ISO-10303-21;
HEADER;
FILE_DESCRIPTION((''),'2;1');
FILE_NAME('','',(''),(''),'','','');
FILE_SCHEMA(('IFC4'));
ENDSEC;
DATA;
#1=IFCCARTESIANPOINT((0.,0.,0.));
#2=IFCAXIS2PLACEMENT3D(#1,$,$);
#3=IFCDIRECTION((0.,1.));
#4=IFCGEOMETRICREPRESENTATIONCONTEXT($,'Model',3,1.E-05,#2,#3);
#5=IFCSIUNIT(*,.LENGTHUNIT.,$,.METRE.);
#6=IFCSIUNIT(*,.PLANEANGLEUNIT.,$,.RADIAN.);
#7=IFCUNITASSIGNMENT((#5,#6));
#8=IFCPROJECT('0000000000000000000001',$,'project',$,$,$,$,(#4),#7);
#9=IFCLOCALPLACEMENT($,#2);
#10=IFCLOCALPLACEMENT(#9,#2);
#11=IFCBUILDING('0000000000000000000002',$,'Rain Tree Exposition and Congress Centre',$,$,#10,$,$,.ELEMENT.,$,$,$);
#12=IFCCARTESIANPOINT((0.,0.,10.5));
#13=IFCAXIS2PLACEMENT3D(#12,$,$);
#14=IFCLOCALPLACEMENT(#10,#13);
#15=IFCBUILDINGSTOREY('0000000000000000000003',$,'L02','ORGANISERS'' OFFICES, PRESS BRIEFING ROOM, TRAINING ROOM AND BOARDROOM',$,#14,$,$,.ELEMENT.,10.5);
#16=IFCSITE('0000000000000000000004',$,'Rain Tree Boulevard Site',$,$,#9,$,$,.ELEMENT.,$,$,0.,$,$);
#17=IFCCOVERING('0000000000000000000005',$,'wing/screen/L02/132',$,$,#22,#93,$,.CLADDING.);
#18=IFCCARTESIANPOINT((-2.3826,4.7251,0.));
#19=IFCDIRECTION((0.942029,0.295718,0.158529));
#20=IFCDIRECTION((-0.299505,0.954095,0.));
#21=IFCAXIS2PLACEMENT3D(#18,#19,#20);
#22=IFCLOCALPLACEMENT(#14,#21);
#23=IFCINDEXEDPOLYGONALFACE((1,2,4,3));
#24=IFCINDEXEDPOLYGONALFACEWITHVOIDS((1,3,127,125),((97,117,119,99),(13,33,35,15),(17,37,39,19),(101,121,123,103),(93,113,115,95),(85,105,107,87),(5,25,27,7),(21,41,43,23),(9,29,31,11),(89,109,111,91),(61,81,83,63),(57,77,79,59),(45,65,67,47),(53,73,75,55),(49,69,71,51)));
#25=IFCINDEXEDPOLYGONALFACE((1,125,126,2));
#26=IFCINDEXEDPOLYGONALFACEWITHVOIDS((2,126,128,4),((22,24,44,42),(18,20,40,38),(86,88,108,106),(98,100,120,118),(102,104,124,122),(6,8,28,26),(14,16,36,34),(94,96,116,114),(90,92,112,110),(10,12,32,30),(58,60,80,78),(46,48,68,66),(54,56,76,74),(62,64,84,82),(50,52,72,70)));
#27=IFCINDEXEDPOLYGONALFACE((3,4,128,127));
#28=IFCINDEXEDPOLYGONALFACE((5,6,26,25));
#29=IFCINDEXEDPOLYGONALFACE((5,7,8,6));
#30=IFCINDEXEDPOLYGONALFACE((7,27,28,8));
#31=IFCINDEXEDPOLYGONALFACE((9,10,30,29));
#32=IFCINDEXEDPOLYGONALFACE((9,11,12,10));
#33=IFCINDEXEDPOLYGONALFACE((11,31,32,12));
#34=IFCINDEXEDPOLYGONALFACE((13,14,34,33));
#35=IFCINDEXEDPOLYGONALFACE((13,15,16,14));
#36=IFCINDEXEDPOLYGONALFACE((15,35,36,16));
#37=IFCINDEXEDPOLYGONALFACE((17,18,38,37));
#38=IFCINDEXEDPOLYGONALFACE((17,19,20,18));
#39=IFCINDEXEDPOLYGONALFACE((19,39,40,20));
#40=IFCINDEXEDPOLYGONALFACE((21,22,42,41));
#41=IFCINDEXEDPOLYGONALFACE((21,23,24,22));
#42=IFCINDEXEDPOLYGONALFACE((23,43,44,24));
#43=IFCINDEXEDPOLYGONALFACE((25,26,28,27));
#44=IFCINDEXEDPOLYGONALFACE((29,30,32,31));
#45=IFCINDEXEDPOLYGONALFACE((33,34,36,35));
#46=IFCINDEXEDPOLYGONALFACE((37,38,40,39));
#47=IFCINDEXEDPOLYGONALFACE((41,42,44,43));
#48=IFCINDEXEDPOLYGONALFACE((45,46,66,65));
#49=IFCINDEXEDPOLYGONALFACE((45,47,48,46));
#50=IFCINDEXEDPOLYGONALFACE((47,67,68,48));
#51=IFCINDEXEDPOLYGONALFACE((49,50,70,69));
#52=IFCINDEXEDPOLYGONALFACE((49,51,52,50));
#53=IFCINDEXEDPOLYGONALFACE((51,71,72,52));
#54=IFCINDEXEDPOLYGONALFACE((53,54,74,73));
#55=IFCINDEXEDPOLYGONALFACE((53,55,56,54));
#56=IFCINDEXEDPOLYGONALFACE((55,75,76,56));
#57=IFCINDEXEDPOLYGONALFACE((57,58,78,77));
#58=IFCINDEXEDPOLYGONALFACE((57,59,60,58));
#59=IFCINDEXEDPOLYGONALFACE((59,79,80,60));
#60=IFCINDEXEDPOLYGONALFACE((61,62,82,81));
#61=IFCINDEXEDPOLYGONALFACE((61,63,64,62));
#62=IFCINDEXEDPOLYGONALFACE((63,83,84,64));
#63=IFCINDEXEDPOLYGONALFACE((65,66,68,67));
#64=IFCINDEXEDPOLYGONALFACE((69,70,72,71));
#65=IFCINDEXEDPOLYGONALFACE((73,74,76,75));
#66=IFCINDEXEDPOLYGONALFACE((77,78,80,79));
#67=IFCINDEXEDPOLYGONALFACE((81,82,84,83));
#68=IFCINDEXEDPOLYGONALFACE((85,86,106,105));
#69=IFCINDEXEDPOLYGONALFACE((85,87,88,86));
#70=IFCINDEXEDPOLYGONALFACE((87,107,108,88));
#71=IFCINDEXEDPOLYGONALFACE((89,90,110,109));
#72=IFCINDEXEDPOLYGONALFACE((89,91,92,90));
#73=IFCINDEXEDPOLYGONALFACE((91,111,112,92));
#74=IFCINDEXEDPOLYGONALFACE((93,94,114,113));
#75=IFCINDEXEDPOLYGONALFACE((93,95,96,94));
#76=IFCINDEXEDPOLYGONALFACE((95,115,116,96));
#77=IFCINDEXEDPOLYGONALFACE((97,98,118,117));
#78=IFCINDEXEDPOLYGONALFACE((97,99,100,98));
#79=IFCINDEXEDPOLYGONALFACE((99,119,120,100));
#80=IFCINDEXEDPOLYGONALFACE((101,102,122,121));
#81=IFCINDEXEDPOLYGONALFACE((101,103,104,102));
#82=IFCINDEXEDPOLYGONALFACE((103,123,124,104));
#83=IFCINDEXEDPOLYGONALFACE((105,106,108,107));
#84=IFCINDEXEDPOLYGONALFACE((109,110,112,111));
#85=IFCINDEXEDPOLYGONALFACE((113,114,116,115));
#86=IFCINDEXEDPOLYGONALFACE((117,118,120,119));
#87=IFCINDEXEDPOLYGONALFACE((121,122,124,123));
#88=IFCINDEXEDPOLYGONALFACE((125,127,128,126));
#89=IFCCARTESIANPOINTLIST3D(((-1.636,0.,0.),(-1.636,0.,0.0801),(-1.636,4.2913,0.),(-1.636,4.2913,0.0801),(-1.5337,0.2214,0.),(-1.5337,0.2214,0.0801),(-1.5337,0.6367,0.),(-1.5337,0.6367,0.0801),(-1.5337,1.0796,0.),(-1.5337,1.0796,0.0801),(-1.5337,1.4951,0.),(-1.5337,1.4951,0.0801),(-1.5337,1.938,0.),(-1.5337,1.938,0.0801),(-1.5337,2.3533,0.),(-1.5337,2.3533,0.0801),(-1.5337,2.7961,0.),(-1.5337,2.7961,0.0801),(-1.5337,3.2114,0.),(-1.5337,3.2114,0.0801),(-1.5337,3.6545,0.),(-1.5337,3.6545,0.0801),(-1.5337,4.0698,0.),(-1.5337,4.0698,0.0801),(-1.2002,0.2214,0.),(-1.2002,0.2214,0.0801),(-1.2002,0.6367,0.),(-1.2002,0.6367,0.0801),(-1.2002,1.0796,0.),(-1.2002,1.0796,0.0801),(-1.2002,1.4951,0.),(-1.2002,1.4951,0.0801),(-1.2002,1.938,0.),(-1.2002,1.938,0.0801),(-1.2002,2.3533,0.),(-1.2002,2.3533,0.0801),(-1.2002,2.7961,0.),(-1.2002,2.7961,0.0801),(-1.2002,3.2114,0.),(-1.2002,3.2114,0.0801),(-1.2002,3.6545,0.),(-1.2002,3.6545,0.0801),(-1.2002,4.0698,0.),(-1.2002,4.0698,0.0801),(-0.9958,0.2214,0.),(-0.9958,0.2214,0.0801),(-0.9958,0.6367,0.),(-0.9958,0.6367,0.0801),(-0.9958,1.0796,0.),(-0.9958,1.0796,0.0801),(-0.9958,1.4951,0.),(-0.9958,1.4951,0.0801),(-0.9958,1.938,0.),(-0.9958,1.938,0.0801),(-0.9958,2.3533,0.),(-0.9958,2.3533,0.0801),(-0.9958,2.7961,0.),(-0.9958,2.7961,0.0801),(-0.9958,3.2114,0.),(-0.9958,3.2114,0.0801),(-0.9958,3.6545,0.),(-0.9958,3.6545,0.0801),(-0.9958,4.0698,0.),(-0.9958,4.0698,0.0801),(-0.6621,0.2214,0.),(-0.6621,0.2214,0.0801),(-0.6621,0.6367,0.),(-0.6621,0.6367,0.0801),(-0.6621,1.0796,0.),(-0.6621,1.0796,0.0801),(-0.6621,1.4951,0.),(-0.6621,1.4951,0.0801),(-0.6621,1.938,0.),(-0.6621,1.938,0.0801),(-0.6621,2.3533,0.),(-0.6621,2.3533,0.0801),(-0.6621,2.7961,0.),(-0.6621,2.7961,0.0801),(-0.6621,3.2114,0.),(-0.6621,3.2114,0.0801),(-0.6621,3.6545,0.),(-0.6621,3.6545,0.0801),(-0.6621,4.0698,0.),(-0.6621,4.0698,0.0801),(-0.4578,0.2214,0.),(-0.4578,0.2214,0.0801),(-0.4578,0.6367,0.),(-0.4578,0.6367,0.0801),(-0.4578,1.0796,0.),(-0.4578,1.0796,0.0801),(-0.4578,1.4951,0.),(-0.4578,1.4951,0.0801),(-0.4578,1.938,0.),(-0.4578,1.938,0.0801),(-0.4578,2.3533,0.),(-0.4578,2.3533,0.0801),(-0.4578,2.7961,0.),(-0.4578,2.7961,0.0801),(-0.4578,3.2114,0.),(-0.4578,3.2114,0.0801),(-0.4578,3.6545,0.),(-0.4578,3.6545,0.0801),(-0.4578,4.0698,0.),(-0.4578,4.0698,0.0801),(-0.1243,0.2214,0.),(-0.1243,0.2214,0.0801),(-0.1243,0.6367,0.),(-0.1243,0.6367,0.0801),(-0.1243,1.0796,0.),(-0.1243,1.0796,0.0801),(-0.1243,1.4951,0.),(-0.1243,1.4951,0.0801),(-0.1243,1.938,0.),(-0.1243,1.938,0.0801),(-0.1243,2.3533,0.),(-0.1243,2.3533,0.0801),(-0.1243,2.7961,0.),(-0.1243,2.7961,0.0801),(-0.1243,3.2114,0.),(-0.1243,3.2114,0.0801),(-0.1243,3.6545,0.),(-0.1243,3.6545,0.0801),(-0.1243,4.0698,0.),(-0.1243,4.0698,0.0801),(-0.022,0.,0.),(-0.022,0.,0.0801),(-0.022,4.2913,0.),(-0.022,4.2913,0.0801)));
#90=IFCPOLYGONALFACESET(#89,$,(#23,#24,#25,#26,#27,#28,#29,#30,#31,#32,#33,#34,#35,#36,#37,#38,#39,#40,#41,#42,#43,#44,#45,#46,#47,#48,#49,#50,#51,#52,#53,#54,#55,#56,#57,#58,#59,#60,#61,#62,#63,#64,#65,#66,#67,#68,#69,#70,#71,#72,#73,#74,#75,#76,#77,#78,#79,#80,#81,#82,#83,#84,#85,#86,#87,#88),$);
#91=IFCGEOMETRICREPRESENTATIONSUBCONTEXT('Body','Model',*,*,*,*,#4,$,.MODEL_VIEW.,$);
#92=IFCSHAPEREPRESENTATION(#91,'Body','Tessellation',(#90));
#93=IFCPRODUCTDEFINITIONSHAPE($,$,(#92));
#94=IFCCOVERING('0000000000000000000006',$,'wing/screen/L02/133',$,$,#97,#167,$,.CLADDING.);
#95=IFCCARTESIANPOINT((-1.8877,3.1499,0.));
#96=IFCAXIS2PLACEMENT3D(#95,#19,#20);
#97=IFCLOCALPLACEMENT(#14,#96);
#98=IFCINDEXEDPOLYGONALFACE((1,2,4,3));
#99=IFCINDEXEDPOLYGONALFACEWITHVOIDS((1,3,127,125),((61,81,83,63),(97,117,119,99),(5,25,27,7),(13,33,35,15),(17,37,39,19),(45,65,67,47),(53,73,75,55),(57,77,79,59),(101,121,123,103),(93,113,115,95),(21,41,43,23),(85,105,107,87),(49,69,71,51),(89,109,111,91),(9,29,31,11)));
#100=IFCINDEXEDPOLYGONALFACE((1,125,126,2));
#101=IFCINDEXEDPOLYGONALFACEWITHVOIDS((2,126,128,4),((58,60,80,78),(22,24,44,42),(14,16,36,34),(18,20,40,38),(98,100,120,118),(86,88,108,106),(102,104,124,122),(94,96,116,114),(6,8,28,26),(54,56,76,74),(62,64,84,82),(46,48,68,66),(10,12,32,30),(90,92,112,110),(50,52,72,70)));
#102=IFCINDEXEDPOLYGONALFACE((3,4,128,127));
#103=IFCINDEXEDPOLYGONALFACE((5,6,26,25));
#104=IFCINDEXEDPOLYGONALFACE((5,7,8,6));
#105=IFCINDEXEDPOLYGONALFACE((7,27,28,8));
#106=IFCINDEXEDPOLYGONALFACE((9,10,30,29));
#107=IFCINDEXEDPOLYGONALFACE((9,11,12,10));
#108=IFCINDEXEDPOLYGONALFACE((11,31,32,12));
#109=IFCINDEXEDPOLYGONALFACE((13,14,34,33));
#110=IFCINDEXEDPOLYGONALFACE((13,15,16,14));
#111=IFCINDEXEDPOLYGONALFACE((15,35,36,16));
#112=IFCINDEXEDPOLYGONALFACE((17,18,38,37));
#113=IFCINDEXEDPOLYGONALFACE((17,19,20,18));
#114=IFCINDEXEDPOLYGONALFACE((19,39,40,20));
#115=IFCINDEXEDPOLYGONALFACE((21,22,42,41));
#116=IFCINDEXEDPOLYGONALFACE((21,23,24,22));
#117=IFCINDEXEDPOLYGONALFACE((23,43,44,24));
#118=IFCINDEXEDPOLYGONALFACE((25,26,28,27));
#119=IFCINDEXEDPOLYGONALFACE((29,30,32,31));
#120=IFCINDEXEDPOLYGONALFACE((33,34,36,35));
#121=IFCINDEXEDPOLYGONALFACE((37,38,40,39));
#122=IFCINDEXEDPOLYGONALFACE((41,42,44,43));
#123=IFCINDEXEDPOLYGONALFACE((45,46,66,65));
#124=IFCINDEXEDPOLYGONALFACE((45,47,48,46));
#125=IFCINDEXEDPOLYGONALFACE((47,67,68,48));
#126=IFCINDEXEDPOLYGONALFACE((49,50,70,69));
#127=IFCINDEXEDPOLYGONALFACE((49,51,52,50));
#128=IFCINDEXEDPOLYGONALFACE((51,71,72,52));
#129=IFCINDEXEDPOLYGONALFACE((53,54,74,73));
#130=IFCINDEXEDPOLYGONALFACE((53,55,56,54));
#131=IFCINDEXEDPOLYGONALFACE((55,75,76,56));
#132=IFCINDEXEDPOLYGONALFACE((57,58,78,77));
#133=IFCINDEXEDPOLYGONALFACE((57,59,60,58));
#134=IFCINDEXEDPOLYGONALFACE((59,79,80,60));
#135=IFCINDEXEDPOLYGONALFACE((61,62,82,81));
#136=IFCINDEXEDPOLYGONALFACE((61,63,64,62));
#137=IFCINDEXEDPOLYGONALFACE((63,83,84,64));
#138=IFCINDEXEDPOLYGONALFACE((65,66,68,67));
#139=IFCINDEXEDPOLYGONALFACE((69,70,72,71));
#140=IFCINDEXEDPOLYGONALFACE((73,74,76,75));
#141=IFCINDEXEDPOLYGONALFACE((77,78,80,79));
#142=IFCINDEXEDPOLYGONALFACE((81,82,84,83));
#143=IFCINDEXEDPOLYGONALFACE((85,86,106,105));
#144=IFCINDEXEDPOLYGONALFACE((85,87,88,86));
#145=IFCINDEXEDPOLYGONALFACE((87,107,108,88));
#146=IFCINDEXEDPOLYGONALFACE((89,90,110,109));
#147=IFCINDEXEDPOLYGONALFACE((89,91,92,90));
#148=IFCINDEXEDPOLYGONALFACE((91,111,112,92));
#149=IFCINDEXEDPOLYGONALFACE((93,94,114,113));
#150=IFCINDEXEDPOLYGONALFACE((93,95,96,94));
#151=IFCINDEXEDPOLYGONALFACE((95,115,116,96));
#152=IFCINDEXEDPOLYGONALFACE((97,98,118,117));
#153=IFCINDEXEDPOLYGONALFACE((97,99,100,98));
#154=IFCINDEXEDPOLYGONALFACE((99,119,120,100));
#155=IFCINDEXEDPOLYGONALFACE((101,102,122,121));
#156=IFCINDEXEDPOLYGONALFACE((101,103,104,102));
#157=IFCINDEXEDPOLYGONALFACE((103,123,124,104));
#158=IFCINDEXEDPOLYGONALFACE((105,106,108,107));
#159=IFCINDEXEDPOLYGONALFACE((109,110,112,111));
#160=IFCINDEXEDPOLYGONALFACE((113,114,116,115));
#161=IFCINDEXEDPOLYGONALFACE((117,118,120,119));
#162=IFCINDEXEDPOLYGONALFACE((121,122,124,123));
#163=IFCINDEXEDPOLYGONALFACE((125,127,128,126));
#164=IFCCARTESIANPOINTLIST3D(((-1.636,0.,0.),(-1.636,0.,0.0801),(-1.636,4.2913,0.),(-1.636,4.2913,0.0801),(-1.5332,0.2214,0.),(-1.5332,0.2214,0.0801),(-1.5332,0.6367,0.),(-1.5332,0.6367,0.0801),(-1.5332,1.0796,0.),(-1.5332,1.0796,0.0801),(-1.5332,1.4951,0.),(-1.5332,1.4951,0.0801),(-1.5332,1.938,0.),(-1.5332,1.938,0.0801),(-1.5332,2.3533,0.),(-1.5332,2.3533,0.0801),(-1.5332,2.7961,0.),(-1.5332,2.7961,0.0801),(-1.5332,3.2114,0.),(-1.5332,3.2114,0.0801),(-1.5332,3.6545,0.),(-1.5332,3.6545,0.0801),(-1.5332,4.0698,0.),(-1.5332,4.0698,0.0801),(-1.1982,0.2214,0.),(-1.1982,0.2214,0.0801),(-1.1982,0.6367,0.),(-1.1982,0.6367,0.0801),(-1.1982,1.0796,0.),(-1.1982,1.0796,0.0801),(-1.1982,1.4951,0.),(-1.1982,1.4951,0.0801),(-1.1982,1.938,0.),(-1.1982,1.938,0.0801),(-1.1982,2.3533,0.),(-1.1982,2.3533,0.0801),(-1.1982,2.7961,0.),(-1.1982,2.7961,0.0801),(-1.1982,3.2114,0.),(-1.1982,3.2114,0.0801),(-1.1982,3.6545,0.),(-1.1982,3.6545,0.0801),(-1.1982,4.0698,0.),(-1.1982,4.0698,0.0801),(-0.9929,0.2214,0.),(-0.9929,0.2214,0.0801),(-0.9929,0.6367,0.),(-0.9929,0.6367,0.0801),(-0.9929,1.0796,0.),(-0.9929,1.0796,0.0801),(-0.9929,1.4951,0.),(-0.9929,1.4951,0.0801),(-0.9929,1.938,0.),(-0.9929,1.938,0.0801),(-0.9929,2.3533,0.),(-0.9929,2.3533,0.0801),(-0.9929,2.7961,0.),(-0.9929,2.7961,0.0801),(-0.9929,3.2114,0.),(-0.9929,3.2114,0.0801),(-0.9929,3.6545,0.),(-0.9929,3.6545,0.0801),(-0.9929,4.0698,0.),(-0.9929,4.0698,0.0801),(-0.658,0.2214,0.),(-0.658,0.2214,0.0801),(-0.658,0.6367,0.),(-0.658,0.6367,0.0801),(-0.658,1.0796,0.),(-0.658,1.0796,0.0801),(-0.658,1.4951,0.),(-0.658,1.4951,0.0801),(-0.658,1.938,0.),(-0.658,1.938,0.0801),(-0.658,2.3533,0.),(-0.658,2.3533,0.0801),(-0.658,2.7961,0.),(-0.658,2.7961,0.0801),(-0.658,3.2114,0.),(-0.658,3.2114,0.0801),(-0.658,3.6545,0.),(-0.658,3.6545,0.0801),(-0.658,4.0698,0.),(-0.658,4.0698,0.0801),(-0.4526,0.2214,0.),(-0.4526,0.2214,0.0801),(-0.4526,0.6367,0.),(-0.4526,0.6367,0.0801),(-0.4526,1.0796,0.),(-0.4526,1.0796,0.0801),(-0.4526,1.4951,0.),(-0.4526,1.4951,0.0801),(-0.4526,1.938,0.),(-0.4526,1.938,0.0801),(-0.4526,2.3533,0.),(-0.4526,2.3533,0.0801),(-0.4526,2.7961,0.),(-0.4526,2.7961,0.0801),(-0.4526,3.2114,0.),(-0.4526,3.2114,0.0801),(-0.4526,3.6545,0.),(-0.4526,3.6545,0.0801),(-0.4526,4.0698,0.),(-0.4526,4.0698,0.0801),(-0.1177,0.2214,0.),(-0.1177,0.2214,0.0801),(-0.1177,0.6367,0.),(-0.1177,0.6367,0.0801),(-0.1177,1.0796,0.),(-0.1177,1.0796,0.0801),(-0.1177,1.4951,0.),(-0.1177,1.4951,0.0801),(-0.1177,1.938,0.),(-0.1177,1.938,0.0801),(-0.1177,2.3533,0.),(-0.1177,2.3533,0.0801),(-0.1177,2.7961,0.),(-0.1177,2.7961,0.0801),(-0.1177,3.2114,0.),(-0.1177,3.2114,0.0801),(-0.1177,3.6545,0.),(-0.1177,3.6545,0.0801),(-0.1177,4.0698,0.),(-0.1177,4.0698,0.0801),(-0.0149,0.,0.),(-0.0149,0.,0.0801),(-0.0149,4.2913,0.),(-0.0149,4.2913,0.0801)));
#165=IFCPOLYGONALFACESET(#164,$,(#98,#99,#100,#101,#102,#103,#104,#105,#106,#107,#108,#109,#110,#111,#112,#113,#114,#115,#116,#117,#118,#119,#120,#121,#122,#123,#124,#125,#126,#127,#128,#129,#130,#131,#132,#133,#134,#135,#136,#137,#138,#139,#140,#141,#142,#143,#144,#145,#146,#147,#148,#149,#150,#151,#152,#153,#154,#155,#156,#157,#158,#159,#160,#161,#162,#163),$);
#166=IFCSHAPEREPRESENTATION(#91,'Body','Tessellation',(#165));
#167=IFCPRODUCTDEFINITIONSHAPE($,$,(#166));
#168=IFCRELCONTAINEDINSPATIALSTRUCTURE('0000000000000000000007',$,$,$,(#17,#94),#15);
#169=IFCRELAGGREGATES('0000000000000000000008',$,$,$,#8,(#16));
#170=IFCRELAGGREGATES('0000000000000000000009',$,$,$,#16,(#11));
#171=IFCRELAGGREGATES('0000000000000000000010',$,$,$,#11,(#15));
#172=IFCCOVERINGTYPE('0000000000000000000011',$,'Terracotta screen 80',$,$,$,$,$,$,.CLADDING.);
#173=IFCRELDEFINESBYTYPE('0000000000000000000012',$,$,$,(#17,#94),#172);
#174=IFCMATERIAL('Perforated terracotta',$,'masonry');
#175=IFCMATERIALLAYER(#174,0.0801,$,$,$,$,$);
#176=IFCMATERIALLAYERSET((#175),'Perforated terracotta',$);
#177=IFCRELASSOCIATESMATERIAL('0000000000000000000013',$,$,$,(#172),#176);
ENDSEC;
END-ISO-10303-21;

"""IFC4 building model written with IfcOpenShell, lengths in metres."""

from ifc_helpers import new_model, si_unit, direction, frame, origin, place, context, subcontext, project, spatial, polyline, outline, extrude, material, layer, layer_set, type_object, element, save


model = new_model("IFC4")

# Units and contexts
model_context = context("Model", 3, precision=1e-05, world=origin(), true_north=direction((0.0, 1.0)))
body_context = subcontext(model_context, "Body", "Model", "MODEL_VIEW")
ifc_project = project(units=[si_unit("LENGTHUNIT", "METRE"), si_unit("PLANEANGLEUNIT", "RADIAN")], contexts=[model_context])

# Site, building, storey
site_placement = place(None, origin())
site = spatial("IfcSite", under=ifc_project, at=site_placement, Name="Rain Tree Boulevard Site", CompositionType="ELEMENT", RefElevation=0.0)
building_placement = place(site_placement, origin())
building = spatial("IfcBuilding", under=site, at=building_placement, Name="Rain Tree Exposition and Congress Centre", CompositionType="ELEMENT")
storey_placement = place(building_placement, frame((0.0, 0.0, 10.5)))
storey = spatial("IfcBuildingStorey", under=building, at=storey_placement, Name="L02", Description="ORGANISERS' OFFICES, PRESS BRIEFING ROOM, TRAINING ROOM AND BOARDROOM", CompositionType="ELEMENT", Elevation=10.5)

# Coverings
ifc_material_1 = material(Name="Perforated terracotta", Category="masonry")
ifc_layer_1 = layer(ifc_material_1, 0.0801)
ifc_layer_set_1 = layer_set([ifc_layer_1], Name="Perforated terracotta")
covering_type = type_object("IfcCoveringType", Name="Terracotta screen 80", PredefinedType="CLADDING", material=ifc_layer_set_1)
covering_1_placement = place(storey_placement, frame((-2.3826, 4.7251, 0.0), z_axis=(0.942029, 0.295718, 0.158529), x_axis=(-0.299505, 0.954095, 0.0)))
element("IfcCovering", 1, at=covering_1_placement, inside=storey, type_object=covering_type, Name="wing/screen/L02/132", PredefinedType="CLADDING", context=body_context, shape_type="SweptSolid", body=[
    extrude(outline(polyline([(-1.636, 0.0), (-1.636, 4.2913), (-0.022, 4.2913), (-0.022, 0.0), (-1.636, 0.0)]), holes=[polyline([(-0.1243, 0.2214), (-0.1243, 0.6367), (-0.4578, 0.6367), (-0.4578, 0.2214), (-0.1243, 0.2214)]), polyline([(-0.1243, 1.0796), (-0.1243, 1.4951), (-0.4578, 1.4951), (-0.4578, 1.0796), (-0.1243, 1.0796)]), polyline([(-0.1243, 1.938), (-0.1243, 2.3533), (-0.4578, 2.3533), (-0.4578, 1.938), (-0.1243, 1.938)]), polyline([(-0.1243, 2.7961), (-0.1243, 3.2114), (-0.4578, 3.2114), (-0.4578, 2.7961), (-0.1243, 2.7961)]), polyline([(-0.1243, 3.6545), (-0.1243, 4.0698), (-0.4578, 4.0698), (-0.4578, 3.6545), (-0.1243, 3.6545)]), polyline([(-0.6621, 0.2214), (-0.6621, 0.6367), (-0.9958, 0.6367), (-0.9958, 0.2214), (-0.6621, 0.2214)]), polyline([(-0.6621, 1.0796), (-0.6621, 1.4951), (-0.9958, 1.4951), (-0.9958, 1.0796), (-0.6621, 1.0796)]), polyline([(-0.6621, 1.938), (-0.6621, 2.3533), (-0.9958, 2.3533), (-0.9958, 1.938), (-0.6621, 1.938)]), polyline([(-0.6621, 2.7961), (-0.6621, 3.2114), (-0.9958, 3.2114), (-0.9958, 2.7961), (-0.6621, 2.7961)]), polyline([(-0.6621, 3.6545), (-0.6621, 4.0698), (-0.9958, 4.0698), (-0.9958, 3.6545), (-0.6621, 3.6545)]), polyline([(-1.2002, 0.2214), (-1.2002, 0.6367), (-1.5337, 0.6367), (-1.5337, 0.2214), (-1.2002, 0.2214)]), polyline([(-1.2002, 1.0796), (-1.2002, 1.4951), (-1.5337, 1.4951), (-1.5337, 1.0796), (-1.2002, 1.0796)]), polyline([(-1.2002, 1.938), (-1.2002, 2.3533), (-1.5337, 2.3533), (-1.5337, 1.938), (-1.2002, 1.938)]), polyline([(-1.2002, 2.7961), (-1.2002, 3.2114), (-1.5337, 3.2114), (-1.5337, 2.7961), (-1.2002, 2.7961)]), polyline([(-1.2002, 3.6545), (-1.2002, 4.0698), (-1.5337, 4.0698), (-1.5337, 3.6545), (-1.2002, 3.6545)])]), origin(), (0.0, 0.0, 1.0), 0.0801),
])
covering_2_placement = place(storey_placement, frame((-1.8877, 3.1499, 0.0), z_axis=(0.942029, 0.295718, 0.158529), x_axis=(-0.299505, 0.954095, 0.0)))
element("IfcCovering", 2, at=covering_2_placement, inside=storey, type_object=covering_type, Name="wing/screen/L02/133", PredefinedType="CLADDING", context=body_context, shape_type="SweptSolid", body=[
    extrude(outline(polyline([(-1.636, 0.0), (-1.636, 4.2913), (-0.0149, 4.2913), (-0.0149, 0.0), (-1.636, 0.0)]), holes=[polyline([(-0.1177, 0.2214), (-0.1177, 0.6367), (-0.4526, 0.6367), (-0.4526, 0.2214), (-0.1177, 0.2214)]), polyline([(-0.1177, 1.0796), (-0.1177, 1.4951), (-0.4526, 1.4951), (-0.4526, 1.0796), (-0.1177, 1.0796)]), polyline([(-0.1177, 1.938), (-0.1177, 2.3533), (-0.4526, 2.3533), (-0.4526, 1.938), (-0.1177, 1.938)]), polyline([(-0.1177, 2.7961), (-0.1177, 3.2114), (-0.4526, 3.2114), (-0.4526, 2.7961), (-0.1177, 2.7961)]), polyline([(-0.1177, 3.6545), (-0.1177, 4.0698), (-0.4526, 4.0698), (-0.4526, 3.6545), (-0.1177, 3.6545)]), polyline([(-0.658, 0.2214), (-0.658, 0.6367), (-0.9929, 0.6367), (-0.9929, 0.2214), (-0.658, 0.2214)]), polyline([(-0.658, 1.0796), (-0.658, 1.4951), (-0.9929, 1.4951), (-0.9929, 1.0796), (-0.658, 1.0796)]), polyline([(-0.658, 1.938), (-0.658, 2.3533), (-0.9929, 2.3533), (-0.9929, 1.938), (-0.658, 1.938)]), polyline([(-0.658, 2.7961), (-0.658, 3.2114), (-0.9929, 3.2114), (-0.9929, 2.7961), (-0.658, 2.7961)]), polyline([(-0.658, 3.6545), (-0.658, 4.0698), (-0.9929, 4.0698), (-0.9929, 3.6545), (-0.658, 3.6545)]), polyline([(-1.1982, 0.2214), (-1.1982, 0.6367), (-1.5332, 0.6367), (-1.5332, 0.2214), (-1.1982, 0.2214)]), polyline([(-1.1982, 1.0796), (-1.1982, 1.4951), (-1.5332, 1.4951), (-1.5332, 1.0796), (-1.1982, 1.0796)]), polyline([(-1.1982, 1.938), (-1.1982, 2.3533), (-1.5332, 2.3533), (-1.5332, 1.938), (-1.1982, 1.938)]), polyline([(-1.1982, 2.7961), (-1.1982, 3.2114), (-1.5332, 3.2114), (-1.5332, 2.7961), (-1.1982, 2.7961)]), polyline([(-1.1982, 3.6545), (-1.1982, 4.0698), (-1.5332, 4.0698), (-1.5332, 3.6545), (-1.1982, 3.6545)])]), origin(), (0.0, 0.0, 1.0), 0.0801),
])

save(model, "model.ifc")
